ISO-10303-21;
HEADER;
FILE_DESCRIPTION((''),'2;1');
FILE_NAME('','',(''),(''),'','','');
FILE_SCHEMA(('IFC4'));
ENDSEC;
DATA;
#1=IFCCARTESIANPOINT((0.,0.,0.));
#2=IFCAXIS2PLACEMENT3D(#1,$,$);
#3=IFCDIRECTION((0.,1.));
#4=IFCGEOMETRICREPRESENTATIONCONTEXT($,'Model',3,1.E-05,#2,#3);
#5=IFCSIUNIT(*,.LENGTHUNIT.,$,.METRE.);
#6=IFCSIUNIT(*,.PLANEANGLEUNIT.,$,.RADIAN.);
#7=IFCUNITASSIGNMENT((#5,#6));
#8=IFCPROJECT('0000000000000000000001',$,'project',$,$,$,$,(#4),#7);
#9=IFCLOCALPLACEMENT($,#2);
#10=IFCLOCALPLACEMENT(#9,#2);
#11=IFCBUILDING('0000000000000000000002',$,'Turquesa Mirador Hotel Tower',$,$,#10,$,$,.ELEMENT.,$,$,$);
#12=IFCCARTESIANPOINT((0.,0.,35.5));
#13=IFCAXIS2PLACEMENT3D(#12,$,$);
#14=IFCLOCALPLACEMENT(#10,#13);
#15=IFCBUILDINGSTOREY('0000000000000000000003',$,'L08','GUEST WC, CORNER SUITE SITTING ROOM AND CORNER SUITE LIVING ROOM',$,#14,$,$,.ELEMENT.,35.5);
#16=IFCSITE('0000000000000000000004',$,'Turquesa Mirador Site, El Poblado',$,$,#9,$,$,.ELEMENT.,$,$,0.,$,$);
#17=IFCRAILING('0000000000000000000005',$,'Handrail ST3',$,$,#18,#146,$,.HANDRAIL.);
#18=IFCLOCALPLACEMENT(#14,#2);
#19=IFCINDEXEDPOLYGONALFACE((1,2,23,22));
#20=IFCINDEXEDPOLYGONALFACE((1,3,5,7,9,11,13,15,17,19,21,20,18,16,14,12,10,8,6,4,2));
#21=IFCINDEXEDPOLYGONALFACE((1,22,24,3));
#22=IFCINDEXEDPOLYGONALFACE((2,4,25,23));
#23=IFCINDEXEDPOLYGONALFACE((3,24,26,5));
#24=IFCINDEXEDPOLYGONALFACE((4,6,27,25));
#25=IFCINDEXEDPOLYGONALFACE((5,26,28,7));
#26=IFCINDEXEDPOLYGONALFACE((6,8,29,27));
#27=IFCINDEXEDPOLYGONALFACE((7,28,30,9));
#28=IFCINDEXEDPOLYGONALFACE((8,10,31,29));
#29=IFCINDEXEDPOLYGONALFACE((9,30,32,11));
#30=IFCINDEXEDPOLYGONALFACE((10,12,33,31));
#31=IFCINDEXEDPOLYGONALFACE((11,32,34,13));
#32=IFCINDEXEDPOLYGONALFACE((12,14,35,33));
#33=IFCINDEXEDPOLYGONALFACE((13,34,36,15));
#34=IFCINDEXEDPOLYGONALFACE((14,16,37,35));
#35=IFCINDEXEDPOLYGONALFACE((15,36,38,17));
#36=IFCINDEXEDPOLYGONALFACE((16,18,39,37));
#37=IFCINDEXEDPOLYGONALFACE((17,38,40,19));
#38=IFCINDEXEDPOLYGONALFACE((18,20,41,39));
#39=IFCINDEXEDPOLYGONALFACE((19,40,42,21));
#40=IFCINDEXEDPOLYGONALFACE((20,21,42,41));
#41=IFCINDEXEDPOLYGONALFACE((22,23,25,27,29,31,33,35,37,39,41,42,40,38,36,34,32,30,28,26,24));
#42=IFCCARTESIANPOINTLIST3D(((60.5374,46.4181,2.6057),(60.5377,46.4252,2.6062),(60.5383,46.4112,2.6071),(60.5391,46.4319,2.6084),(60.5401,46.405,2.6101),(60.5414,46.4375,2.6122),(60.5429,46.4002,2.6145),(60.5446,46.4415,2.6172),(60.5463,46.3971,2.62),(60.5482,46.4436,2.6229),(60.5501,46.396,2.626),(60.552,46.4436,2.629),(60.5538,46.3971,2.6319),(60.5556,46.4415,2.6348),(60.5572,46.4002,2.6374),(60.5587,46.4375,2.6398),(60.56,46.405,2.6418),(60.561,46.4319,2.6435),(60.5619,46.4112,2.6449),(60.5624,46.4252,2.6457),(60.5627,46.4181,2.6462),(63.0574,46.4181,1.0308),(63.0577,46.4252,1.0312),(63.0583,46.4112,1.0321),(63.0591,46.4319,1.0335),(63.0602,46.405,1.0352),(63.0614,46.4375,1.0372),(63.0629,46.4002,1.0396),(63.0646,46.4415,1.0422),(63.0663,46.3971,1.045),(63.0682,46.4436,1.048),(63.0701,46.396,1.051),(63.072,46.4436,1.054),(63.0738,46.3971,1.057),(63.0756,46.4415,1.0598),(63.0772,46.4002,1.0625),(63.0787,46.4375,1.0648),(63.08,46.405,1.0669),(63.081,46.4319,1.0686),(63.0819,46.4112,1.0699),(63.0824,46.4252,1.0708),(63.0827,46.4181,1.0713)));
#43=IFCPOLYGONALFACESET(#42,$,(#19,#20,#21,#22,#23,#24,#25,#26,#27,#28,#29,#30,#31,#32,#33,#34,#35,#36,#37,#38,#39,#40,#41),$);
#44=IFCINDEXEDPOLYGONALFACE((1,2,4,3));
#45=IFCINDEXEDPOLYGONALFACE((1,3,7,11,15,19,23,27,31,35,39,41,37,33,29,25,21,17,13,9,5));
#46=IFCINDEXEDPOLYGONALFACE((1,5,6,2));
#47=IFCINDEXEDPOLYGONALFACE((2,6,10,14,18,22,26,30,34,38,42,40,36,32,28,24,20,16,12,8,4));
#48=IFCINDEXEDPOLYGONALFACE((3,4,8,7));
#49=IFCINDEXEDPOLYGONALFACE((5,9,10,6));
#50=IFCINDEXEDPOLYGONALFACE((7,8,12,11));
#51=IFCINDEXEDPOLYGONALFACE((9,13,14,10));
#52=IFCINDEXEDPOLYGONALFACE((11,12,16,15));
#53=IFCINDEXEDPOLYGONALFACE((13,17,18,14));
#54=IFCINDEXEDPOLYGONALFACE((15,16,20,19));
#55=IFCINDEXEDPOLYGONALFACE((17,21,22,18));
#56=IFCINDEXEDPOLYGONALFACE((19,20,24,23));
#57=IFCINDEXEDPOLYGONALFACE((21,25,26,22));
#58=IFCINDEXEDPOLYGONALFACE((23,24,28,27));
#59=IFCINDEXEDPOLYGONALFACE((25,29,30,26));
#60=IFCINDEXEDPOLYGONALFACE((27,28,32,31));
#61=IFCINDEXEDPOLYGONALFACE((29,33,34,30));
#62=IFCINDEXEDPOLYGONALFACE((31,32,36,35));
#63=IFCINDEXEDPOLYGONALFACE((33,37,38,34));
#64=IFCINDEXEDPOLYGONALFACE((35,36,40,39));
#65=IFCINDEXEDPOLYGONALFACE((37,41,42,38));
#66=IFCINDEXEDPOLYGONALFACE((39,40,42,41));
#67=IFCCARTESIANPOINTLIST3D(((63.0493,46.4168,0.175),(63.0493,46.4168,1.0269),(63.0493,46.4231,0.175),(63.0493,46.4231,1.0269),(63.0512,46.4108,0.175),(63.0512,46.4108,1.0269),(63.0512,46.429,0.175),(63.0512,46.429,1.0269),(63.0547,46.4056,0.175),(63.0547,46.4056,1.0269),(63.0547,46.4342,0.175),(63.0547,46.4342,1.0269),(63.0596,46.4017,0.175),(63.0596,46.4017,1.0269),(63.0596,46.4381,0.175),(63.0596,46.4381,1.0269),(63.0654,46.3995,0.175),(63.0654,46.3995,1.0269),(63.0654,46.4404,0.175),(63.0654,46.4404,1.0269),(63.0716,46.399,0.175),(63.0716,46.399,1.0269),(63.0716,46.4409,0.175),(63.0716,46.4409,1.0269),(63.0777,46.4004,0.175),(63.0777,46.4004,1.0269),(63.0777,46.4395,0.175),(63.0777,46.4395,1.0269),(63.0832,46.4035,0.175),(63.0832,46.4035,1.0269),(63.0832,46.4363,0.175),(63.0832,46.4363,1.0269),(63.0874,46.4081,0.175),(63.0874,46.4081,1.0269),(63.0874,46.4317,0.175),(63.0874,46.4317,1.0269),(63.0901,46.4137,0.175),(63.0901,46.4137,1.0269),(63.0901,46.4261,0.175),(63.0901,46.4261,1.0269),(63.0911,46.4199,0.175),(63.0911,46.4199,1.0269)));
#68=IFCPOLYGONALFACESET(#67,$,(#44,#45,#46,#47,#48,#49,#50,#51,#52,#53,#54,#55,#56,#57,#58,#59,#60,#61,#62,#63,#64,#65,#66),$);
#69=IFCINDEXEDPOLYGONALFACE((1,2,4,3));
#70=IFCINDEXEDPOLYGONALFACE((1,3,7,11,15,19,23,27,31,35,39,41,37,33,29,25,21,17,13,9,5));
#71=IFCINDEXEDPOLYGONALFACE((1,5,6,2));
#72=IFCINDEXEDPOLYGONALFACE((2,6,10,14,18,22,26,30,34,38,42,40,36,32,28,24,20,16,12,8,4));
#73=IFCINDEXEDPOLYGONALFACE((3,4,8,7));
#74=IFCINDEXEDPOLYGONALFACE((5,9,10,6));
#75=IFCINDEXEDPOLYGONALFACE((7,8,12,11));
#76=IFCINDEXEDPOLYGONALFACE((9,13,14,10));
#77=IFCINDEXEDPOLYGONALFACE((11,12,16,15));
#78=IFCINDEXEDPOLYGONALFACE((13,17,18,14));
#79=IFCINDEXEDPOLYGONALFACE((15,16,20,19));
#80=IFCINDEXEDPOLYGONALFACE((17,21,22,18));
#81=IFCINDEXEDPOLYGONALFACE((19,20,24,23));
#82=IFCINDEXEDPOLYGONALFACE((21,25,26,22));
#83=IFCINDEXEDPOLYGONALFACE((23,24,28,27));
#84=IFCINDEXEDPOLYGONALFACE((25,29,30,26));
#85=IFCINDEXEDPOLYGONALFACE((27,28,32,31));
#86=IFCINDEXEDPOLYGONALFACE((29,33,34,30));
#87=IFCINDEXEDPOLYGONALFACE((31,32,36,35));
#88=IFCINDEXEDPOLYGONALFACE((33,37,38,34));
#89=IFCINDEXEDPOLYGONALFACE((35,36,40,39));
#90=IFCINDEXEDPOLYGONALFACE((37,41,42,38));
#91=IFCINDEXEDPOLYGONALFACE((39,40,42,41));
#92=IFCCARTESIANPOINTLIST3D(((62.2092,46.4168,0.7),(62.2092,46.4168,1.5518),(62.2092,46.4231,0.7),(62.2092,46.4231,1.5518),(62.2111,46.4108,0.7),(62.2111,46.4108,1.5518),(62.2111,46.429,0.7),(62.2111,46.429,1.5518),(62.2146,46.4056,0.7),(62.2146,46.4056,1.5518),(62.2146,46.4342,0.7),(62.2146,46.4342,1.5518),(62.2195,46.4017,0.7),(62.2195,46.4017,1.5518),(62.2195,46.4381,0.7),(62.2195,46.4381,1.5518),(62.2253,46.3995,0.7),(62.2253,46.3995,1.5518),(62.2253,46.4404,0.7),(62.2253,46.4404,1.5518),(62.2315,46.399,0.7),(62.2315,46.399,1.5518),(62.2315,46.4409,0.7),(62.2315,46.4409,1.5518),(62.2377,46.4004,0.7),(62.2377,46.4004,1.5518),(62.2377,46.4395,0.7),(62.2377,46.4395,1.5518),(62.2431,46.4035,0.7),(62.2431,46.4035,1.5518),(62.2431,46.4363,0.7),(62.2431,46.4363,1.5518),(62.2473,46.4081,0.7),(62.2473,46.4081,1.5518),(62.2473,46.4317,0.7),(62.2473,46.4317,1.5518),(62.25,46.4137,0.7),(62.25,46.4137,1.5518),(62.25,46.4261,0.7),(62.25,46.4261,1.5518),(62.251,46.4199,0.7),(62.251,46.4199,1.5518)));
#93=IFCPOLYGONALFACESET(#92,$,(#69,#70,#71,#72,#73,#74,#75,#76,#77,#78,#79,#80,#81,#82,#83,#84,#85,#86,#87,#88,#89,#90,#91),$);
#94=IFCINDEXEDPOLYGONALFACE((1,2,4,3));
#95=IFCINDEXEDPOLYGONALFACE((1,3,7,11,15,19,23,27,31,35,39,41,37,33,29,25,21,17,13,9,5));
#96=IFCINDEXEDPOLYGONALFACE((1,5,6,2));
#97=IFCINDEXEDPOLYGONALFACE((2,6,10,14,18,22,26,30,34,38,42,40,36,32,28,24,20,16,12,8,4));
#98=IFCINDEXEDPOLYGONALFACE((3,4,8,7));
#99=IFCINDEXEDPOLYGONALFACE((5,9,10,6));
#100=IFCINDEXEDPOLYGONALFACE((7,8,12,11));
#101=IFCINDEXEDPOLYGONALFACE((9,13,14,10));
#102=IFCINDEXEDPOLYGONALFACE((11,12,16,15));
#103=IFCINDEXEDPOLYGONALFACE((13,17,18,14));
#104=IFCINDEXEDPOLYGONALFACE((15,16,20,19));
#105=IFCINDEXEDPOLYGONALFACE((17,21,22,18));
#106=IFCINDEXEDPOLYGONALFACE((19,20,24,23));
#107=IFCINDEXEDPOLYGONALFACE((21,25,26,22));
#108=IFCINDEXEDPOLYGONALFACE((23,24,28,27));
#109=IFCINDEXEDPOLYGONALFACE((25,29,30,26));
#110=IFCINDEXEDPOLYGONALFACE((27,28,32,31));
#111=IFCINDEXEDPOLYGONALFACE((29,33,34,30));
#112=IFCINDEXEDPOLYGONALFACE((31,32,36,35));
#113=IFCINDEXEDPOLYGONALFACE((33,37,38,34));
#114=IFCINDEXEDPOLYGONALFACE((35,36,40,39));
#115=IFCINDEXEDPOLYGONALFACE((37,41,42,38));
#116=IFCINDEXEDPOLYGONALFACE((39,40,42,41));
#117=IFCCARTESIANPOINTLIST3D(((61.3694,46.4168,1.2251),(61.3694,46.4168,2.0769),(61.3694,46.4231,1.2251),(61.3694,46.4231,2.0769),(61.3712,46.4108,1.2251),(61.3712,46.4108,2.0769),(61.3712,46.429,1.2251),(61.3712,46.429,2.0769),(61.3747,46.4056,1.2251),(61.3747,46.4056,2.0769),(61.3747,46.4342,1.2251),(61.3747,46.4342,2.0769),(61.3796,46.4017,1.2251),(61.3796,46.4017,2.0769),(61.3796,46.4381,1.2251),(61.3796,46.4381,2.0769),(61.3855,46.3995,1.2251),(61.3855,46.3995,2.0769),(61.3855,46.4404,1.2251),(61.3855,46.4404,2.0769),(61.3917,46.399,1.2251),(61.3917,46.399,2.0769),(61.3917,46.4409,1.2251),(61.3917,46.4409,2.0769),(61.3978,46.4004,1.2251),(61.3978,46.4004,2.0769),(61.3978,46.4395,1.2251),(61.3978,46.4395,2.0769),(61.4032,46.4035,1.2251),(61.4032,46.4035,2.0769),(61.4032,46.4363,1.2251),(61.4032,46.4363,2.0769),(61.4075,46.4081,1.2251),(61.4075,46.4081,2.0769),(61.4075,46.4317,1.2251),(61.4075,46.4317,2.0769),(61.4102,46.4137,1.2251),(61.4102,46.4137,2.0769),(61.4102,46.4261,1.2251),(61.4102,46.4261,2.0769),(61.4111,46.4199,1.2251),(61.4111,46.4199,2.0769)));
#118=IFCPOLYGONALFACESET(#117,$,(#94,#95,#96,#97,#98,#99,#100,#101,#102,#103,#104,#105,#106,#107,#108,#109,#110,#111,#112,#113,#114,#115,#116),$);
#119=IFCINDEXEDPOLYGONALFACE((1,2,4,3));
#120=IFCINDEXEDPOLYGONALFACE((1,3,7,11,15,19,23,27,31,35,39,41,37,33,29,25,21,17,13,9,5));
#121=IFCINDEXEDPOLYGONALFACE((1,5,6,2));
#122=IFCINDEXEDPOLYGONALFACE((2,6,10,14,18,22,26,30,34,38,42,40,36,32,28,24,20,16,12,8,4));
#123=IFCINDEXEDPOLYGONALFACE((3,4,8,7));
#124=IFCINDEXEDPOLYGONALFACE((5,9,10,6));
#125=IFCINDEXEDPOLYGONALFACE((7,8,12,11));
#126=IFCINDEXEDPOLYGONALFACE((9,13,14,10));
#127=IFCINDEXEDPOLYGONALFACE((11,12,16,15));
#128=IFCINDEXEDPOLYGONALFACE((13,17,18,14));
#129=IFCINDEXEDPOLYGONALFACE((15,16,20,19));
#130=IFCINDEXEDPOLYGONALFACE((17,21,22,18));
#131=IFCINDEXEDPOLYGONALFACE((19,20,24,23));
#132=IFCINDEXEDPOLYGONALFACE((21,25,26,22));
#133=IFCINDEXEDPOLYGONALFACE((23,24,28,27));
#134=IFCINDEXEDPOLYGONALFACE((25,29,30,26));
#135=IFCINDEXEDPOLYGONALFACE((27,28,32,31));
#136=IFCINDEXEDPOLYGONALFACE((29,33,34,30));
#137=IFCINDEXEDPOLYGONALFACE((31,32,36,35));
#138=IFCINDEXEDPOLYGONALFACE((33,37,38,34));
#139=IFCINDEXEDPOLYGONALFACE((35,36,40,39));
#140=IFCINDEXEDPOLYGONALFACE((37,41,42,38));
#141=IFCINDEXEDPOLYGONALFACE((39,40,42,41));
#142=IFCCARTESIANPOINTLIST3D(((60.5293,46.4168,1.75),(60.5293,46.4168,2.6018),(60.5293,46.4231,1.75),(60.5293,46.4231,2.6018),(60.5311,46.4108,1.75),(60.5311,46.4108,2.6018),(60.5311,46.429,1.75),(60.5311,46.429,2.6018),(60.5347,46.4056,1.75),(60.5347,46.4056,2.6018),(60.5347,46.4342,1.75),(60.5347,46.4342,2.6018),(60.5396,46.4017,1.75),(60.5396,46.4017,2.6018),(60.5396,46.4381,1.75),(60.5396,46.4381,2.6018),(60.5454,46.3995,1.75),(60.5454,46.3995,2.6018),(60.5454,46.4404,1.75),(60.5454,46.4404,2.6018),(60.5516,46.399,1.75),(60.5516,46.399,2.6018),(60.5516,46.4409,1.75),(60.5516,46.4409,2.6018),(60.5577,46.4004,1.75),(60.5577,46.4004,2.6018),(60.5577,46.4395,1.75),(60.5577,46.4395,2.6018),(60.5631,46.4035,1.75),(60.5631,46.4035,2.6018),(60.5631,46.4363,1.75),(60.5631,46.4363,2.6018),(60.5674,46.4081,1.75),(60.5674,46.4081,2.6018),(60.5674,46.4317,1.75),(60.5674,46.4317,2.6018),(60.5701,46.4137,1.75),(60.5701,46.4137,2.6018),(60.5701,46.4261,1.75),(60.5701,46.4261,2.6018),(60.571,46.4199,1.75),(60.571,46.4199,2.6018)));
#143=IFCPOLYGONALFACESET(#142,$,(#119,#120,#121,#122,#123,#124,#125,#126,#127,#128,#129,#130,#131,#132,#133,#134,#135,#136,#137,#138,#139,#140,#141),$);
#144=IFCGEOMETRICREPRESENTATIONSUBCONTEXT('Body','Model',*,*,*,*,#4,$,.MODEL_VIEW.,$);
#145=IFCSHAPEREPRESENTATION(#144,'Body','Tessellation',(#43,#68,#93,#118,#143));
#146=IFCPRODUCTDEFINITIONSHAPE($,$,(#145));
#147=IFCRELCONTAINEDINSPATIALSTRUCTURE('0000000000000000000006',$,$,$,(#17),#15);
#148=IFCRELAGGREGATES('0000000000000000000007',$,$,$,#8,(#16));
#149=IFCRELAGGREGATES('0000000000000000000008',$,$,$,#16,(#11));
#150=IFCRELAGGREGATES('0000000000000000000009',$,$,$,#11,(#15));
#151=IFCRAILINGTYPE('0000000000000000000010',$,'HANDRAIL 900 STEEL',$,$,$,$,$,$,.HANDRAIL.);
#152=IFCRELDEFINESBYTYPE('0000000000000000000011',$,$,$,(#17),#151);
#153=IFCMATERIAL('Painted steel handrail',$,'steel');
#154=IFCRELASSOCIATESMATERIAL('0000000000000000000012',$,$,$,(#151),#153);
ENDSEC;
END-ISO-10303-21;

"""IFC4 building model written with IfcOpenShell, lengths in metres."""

from ifc_helpers import new_model, si_unit, direction, frame, origin, origin_2d, place, context, subcontext, project, spatial, circle, extrude, material, type_object, element, save


model = new_model("IFC4")

# Units and contexts
model_context = context("Model", 3, precision=1e-05, world=origin(), true_north=direction((0.0, 1.0)))
body_context = subcontext(model_context, "Body", "Model", "MODEL_VIEW")
ifc_project = project(units=[si_unit("LENGTHUNIT", "METRE"), si_unit("PLANEANGLEUNIT", "RADIAN")], contexts=[model_context])

# Site, building, storey
site_placement = place(None, origin())
site = spatial("IfcSite", under=ifc_project, at=site_placement, Name="Turquesa Mirador Site, El Poblado", CompositionType="ELEMENT", RefElevation=0.0)
building_placement = place(site_placement, origin())
building = spatial("IfcBuilding", under=site, at=building_placement, Name="Turquesa Mirador Hotel Tower", CompositionType="ELEMENT")
storey_placement = place(building_placement, frame((0.0, 0.0, 35.5)))
storey = spatial("IfcBuildingStorey", under=building, at=storey_placement, Name="L08", Description="GUEST WC, CORNER SUITE SITTING ROOM AND CORNER SUITE LIVING ROOM", CompositionType="ELEMENT", Elevation=35.5)

# Railing
ifc_material_1 = material(Name="Painted steel handrail", Category="steel")
railing_type = type_object("IfcRailingType", Name="HANDRAIL 900 STEEL", PredefinedType="HANDRAIL", material=ifc_material_1)
railing_1_placement = place(storey_placement, frame((63.0701, 46.4199, 0.175)))
element("IfcRailing", 1, at=railing_1_placement, inside=storey, type_object=railing_type, Name="Handrail ST3", PredefinedType="HANDRAIL", context=body_context, shape_type="SweptSolid", body=[
    extrude(circle(Radius=0.0239, at=origin_2d()), frame((0.0, 0.0, 0.876), z_axis=(-0.848008, 0.0, 0.529984), x_axis=(0.0, -1.0, 0.0)), (0.0, 0.0, 1.0), 2.9717),
    extrude(circle(Radius=0.021, at=origin_2d()), origin(), (0.0, 0.0, 1.0), 0.8518),
    extrude(circle(Radius=0.021, at=origin_2d()), frame((-0.8401, 0.0, 0.5249)), (0.0, 0.0, 1.0), 0.8518),
    extrude(circle(Radius=0.021, at=origin_2d()), frame((-1.6799, 0.0, 1.05)), (0.0, 0.0, 1.0), 0.8518),
    extrude(circle(Radius=0.021, at=origin_2d()), frame((-2.52, 0.0, 1.575)), (0.0, 0.0, 1.0), 0.8518),
])

save(model, "model.ifc")
